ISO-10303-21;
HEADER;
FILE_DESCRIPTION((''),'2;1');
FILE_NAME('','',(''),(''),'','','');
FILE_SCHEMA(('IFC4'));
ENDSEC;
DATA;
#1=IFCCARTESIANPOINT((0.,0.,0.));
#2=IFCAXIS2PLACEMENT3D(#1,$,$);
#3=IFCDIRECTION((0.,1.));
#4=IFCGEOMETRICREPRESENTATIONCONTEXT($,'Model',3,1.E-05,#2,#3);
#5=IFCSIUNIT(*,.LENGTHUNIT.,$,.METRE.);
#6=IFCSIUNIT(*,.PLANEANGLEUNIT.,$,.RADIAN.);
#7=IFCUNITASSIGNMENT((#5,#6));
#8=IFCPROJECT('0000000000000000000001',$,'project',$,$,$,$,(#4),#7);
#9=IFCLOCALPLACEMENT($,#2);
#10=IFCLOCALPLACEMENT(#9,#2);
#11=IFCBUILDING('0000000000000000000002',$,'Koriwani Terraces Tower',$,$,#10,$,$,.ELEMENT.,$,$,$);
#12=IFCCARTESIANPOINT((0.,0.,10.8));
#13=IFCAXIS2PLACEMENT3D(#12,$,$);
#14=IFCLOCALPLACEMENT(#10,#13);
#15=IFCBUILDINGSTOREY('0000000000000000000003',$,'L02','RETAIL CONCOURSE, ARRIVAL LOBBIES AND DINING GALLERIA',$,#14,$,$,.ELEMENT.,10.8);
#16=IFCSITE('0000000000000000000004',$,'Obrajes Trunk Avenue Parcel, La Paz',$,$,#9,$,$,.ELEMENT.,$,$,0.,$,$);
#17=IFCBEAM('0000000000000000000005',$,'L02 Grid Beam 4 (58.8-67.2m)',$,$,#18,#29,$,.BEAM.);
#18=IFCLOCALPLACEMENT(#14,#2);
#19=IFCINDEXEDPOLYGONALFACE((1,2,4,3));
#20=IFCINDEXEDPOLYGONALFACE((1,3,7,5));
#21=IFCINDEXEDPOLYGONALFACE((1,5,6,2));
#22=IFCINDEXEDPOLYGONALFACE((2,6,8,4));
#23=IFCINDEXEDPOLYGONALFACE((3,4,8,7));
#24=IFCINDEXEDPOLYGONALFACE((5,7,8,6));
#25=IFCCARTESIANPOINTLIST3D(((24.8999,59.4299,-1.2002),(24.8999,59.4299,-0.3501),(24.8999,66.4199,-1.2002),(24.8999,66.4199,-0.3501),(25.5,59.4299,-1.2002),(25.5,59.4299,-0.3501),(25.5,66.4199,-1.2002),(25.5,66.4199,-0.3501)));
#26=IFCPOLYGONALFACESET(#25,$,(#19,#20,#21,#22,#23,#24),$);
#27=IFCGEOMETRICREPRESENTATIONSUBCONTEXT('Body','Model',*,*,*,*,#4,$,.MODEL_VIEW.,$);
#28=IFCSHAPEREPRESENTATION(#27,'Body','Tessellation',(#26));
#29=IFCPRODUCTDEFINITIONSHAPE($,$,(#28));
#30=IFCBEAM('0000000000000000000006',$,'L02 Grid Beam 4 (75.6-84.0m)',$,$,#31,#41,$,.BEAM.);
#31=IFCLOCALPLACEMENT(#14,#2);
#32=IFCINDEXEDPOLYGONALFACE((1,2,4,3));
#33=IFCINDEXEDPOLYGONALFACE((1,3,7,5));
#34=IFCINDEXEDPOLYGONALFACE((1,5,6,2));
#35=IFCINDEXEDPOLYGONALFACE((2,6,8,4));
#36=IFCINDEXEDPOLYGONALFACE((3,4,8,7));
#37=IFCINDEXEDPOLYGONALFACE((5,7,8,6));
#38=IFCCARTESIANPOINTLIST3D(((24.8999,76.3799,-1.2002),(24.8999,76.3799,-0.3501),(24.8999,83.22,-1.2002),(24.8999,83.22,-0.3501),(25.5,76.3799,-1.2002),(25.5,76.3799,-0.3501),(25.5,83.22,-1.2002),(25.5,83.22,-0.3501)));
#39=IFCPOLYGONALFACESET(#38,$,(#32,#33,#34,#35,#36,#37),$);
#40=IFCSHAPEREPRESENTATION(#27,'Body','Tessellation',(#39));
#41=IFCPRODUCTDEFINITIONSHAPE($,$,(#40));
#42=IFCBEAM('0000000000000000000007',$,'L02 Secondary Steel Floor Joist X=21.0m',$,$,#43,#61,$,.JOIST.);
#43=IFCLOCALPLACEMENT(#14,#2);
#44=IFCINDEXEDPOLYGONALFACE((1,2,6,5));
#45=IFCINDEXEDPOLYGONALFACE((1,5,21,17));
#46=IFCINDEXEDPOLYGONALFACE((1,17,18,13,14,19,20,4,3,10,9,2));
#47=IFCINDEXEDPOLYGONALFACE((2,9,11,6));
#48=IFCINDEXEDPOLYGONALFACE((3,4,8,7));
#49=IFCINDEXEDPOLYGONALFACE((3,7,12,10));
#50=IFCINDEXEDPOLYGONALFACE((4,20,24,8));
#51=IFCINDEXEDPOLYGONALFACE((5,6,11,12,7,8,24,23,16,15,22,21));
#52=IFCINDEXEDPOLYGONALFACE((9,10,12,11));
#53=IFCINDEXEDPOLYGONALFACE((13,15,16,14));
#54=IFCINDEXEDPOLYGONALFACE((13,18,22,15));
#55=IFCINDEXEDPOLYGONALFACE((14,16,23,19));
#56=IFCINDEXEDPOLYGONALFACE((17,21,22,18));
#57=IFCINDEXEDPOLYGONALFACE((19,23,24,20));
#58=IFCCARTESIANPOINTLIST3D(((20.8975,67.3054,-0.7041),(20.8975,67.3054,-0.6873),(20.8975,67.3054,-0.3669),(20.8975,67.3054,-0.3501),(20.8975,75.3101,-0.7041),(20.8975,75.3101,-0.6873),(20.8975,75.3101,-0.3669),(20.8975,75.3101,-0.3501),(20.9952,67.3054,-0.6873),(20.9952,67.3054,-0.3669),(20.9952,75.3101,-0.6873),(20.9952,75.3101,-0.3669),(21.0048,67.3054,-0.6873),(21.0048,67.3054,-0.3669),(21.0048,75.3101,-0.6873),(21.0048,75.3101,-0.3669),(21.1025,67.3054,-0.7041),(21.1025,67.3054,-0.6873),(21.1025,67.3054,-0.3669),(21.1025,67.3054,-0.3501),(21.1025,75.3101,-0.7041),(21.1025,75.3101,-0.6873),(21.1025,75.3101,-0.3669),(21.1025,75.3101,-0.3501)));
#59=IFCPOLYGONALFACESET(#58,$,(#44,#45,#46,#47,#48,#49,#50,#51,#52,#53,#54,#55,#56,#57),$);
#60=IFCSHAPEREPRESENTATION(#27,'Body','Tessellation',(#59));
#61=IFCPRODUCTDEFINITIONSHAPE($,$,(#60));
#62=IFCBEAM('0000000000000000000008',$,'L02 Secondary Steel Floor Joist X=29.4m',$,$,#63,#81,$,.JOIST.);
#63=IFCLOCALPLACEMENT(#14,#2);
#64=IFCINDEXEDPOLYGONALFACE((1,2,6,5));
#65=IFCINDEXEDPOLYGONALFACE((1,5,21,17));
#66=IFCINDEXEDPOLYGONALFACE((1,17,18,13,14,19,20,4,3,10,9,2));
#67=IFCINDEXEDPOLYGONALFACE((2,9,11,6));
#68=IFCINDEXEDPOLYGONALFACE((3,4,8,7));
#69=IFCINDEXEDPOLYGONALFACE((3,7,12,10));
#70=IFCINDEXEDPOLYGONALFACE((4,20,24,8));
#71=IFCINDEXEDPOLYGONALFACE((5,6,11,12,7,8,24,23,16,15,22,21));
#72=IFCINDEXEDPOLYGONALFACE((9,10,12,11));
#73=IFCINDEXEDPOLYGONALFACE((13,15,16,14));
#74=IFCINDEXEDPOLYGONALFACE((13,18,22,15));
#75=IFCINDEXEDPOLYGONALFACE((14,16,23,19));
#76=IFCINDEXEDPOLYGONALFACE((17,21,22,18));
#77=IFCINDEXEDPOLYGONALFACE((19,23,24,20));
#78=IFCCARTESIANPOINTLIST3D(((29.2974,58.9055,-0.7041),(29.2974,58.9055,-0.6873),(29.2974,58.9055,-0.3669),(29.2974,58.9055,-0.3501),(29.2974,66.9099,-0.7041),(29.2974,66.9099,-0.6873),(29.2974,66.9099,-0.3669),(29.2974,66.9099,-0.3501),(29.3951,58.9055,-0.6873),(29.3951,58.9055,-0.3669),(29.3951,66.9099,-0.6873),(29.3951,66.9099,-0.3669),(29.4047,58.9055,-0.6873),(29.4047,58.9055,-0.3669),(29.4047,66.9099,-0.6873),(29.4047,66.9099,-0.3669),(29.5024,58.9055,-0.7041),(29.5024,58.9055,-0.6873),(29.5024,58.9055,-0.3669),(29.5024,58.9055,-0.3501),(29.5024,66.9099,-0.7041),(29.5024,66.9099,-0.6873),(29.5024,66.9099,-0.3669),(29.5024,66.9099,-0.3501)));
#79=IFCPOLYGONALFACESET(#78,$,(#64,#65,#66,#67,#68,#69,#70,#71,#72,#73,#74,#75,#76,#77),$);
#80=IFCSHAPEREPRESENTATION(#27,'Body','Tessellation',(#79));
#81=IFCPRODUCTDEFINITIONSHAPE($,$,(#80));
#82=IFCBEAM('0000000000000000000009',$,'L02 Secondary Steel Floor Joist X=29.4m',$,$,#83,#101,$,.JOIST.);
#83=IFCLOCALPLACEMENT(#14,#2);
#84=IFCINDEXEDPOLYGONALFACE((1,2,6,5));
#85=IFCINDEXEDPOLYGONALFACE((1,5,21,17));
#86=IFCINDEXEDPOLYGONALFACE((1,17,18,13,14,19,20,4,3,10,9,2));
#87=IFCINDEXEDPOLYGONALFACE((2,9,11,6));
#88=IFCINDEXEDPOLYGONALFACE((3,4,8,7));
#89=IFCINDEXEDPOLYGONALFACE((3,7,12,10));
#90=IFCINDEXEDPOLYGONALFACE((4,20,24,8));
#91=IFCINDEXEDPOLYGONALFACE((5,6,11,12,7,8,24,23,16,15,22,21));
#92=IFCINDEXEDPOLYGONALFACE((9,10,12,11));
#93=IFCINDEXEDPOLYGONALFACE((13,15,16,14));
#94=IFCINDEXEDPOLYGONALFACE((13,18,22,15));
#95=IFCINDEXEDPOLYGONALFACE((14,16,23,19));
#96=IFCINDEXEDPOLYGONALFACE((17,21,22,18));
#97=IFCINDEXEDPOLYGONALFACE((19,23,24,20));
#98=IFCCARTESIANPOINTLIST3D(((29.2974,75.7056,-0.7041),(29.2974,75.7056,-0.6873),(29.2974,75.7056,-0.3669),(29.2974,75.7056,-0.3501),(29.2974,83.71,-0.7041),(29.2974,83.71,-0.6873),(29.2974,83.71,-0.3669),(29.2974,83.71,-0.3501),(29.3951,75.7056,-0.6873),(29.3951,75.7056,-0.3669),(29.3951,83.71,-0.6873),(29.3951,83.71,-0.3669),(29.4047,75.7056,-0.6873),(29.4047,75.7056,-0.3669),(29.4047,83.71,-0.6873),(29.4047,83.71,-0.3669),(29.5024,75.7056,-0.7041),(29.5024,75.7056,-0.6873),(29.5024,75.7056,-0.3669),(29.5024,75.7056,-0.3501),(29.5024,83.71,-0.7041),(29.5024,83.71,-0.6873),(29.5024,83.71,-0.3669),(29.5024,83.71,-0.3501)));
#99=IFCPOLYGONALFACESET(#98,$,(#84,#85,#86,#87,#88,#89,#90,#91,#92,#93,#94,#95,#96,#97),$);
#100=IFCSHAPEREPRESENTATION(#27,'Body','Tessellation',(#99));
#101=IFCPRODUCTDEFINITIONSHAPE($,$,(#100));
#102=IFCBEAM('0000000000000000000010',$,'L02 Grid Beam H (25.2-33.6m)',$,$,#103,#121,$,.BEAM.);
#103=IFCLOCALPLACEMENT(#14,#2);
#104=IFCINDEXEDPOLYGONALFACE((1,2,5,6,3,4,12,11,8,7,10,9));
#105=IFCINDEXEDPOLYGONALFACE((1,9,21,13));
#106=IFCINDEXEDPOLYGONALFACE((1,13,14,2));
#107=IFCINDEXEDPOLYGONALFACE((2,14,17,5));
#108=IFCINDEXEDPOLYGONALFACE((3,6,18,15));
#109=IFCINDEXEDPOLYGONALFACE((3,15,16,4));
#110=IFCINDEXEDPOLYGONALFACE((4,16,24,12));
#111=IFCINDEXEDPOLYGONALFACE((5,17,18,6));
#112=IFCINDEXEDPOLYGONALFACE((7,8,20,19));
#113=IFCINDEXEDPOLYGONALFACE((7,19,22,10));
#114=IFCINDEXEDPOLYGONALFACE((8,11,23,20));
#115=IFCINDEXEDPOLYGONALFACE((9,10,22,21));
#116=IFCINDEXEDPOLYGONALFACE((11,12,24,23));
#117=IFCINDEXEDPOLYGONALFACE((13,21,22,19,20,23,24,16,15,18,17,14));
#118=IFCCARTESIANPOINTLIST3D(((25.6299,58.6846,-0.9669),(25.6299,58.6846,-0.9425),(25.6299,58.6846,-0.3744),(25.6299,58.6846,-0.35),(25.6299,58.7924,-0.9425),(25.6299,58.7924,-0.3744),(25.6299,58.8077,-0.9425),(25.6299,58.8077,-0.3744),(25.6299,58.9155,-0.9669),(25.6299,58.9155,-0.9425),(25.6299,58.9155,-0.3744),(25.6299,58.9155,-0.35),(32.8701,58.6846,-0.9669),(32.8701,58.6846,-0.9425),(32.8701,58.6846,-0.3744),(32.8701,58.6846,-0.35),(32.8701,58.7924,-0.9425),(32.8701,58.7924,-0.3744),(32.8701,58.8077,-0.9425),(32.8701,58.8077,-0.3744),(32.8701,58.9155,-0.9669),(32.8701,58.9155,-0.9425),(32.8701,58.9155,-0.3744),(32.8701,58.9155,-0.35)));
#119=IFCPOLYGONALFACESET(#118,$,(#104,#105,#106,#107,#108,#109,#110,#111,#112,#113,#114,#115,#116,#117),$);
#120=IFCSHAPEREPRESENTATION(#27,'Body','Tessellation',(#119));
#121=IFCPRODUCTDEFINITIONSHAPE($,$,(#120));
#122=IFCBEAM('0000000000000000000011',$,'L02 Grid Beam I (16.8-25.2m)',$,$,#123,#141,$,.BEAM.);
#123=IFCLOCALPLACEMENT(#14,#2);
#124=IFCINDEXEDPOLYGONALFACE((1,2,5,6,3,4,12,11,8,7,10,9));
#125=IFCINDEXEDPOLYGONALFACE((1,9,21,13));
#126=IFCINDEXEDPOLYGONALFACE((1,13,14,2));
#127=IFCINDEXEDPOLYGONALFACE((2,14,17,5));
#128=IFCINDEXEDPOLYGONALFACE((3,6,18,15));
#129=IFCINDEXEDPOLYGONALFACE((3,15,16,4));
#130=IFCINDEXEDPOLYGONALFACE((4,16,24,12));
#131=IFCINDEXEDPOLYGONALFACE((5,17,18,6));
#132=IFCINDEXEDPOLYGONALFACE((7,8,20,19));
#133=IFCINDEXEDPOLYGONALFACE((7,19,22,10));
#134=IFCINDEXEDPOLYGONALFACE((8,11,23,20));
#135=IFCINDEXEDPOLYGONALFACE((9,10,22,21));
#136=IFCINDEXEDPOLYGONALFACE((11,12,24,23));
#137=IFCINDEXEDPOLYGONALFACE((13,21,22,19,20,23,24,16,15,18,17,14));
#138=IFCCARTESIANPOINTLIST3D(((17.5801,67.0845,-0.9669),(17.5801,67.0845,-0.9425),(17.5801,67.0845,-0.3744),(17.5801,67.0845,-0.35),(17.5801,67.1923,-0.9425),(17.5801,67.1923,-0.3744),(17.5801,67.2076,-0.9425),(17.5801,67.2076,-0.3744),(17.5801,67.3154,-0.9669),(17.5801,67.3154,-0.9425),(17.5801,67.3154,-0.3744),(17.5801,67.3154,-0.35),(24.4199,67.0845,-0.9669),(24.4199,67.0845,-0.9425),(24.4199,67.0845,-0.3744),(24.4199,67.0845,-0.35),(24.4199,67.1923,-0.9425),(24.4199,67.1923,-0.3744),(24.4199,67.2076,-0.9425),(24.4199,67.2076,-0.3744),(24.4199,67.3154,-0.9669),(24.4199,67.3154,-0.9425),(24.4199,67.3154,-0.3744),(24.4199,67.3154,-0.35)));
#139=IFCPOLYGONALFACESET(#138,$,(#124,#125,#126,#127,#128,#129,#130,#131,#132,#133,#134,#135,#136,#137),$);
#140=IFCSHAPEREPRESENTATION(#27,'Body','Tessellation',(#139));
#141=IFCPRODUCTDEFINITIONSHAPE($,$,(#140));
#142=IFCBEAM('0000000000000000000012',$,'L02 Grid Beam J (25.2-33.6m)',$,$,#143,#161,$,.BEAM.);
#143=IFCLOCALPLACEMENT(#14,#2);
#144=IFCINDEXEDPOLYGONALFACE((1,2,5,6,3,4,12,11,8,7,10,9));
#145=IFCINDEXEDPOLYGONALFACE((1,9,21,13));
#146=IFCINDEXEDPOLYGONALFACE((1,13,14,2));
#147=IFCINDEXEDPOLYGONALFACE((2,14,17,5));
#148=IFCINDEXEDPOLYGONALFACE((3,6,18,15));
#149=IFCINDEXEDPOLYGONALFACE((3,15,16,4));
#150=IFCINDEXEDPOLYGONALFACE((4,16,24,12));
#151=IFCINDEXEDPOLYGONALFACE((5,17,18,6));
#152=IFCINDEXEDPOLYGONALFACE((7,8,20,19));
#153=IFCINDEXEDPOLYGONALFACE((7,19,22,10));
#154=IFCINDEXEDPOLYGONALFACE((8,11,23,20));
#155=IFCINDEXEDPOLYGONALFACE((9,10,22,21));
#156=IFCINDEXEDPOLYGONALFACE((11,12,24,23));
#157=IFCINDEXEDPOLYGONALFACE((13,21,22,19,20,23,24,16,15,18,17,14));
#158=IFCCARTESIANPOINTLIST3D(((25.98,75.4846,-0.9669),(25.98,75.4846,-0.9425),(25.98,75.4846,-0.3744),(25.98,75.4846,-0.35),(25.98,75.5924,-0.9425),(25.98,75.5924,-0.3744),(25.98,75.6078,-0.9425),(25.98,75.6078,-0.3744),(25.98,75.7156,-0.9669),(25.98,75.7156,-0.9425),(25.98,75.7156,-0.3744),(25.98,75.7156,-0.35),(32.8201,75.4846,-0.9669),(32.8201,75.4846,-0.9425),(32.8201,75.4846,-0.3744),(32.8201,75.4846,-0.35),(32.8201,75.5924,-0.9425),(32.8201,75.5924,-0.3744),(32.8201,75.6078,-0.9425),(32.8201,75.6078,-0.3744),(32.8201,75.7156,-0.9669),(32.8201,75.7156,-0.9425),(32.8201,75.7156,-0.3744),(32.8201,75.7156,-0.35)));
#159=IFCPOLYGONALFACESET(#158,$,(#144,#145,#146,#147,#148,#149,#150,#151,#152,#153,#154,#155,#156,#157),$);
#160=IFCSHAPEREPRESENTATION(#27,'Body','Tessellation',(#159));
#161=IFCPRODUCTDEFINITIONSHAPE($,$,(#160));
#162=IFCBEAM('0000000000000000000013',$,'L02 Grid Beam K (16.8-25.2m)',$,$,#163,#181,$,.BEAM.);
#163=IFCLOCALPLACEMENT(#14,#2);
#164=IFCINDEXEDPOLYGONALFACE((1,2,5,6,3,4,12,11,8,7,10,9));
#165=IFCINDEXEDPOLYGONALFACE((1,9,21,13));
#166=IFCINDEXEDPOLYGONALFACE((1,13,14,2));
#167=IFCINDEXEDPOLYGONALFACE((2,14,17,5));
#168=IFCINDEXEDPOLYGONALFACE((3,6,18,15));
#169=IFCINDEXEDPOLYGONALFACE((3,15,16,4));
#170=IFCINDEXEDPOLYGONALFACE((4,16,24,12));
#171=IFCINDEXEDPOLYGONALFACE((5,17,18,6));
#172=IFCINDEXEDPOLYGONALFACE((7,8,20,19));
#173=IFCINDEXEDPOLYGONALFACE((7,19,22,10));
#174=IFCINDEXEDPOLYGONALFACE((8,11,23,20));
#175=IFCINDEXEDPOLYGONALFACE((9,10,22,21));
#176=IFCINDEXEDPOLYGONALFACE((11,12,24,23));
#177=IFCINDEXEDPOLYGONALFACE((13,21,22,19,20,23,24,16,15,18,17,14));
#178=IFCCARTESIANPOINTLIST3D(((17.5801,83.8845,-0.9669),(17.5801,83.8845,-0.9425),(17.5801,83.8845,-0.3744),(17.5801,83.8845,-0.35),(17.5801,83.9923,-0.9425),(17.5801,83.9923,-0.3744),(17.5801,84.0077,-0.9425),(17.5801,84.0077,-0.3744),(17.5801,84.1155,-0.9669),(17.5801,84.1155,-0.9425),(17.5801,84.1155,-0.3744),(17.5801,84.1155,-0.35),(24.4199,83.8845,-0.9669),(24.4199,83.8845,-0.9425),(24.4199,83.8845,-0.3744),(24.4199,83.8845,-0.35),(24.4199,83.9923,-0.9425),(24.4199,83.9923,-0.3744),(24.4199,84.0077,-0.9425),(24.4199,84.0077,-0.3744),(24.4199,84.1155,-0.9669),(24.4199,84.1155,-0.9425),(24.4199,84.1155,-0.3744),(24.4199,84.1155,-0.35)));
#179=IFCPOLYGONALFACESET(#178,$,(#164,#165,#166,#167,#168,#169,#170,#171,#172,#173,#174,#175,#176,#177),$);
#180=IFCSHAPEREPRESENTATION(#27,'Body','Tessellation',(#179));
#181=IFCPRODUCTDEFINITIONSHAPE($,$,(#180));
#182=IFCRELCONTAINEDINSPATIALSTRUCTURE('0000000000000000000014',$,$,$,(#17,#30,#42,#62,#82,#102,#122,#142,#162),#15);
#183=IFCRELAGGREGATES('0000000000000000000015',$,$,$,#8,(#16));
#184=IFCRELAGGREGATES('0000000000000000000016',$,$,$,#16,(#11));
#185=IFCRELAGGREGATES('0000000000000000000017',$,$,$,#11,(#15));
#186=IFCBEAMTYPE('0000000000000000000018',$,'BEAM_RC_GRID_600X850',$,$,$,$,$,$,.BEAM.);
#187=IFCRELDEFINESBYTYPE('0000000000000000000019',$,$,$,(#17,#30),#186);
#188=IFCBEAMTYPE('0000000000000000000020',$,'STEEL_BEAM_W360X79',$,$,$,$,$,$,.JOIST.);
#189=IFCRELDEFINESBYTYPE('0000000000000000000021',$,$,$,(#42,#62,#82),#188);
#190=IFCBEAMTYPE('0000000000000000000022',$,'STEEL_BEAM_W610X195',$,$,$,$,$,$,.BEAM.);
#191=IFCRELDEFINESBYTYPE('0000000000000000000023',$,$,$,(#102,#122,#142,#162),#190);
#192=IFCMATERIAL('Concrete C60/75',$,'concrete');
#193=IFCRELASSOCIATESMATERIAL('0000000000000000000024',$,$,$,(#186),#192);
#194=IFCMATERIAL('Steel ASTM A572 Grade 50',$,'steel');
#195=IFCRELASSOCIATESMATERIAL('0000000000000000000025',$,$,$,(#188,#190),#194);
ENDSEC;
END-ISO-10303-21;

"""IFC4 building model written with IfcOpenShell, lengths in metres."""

from ifc_helpers import new_model, si_unit, direction, frame, origin, origin_2d, place, context, subcontext, project, spatial, rectangle, i_section, extrude, material, material_profile, profile_set, type_object, element, save


model = new_model("IFC4")

# Units and contexts
model_context = context("Model", 3, precision=1e-05, world=origin(), true_north=direction((0.0, 1.0)))
body_context = subcontext(model_context, "Body", "Model", "MODEL_VIEW")
ifc_project = project(units=[si_unit("LENGTHUNIT", "METRE"), si_unit("PLANEANGLEUNIT", "RADIAN")], contexts=[model_context])

# Site, building, storey
site_placement = place(None, origin())
site = spatial("IfcSite", under=ifc_project, at=site_placement, Name="Obrajes Trunk Avenue Parcel, La Paz", CompositionType="ELEMENT", RefElevation=0.0)
building_placement = place(site_placement, origin())
building = spatial("IfcBuilding", under=site, at=building_placement, Name="Koriwani Terraces Tower", CompositionType="ELEMENT")
storey_placement = place(building_placement, frame((0.0, 0.0, 10.8)))
storey = spatial("IfcBuildingStorey", under=building, at=storey_placement, Name="L02", Description="RETAIL CONCOURSE, ARRIVAL LOBBIES AND DINING GALLERIA", CompositionType="ELEMENT", Elevation=10.8)

# Shared definitions
ifc_material_1 = material(Name="Concrete C60/75", Category="concrete")

# Beams
ifc_material_profile_1 = material_profile(ifc_material_1, rectangle(XDim=0.6001, YDim=0.8501, at=origin_2d()), Name="Concrete C60/75", Category="LoadBearing")
ifc_profile_set_1 = profile_set([ifc_material_profile_1], Name="Concrete C60/75")
beam_type_1 = type_object("IfcBeamType", Name="BEAM_RC_GRID_600X850", PredefinedType="BEAM", material=ifc_profile_set_1)
beam_1_placement = place(storey_placement, frame((25.2, 59.4299, -0.7751), z_axis=(0.0, 1.0, 0.0), x_axis=(-1.0, 0.0, 0.0)))
element("IfcBeam", 1, at=beam_1_placement, inside=storey, type_object=beam_type_1, Name="L02 Grid Beam 4 (58.8-67.2m)", PredefinedType="BEAM", context=body_context, shape_type="SweptSolid", body=[
    extrude(rectangle(XDim=0.6001, YDim=0.8501, at=origin_2d()), origin(), (0.0, 0.0, 1.0), 6.99),
])
beam_2_placement = place(storey_placement, frame((25.2, 76.3799, -0.7751), z_axis=(0.0, 1.0, 0.0), x_axis=(-1.0, 0.0, 0.0)))
element("IfcBeam", 2, at=beam_2_placement, inside=storey, type_object=beam_type_1, Name="L02 Grid Beam 4 (75.6-84.0m)", PredefinedType="BEAM", context=body_context, shape_type="SweptSolid", body=[
    extrude(rectangle(XDim=0.6001, YDim=0.8501, at=origin_2d()), origin(), (0.0, 0.0, 1.0), 6.8401),
])
ifc_material_2 = material(Name="Steel ASTM A572 Grade 50", Category="steel")
ifc_material_profile_2 = material_profile(ifc_material_2, i_section(OverallWidth=0.2051, OverallDepth=0.354, WebThickness=0.0095, FlangeThickness=0.0168, at=origin_2d()), Name="Steel ASTM A572 Grade 50", Category="LoadBearing")
ifc_profile_set_2 = profile_set([ifc_material_profile_2], Name="Steel ASTM A572 Grade 50")
beam_type_2 = type_object("IfcBeamType", Name="STEEL_BEAM_W360X79", PredefinedType="JOIST", material=ifc_profile_set_2)
beam_3_placement = place(storey_placement, frame((21.0, 67.3054, -0.5271), z_axis=(0.0, 1.0, 0.0), x_axis=(-1.0, 0.0, 0.0)))
element("IfcBeam", 3, at=beam_3_placement, inside=storey, type_object=beam_type_2, Name="L02 Secondary Steel Floor Joist X=21.0m", PredefinedType="JOIST", context=body_context, shape_type="SweptSolid", body=[
    extrude(i_section(OverallWidth=0.2051, OverallDepth=0.354, WebThickness=0.0095, FlangeThickness=0.0168, at=origin_2d()), origin(), (0.0, 0.0, 1.0), 8.0046),
])
for number, where, z_axis, x_axis, name in (
    (4, (29.3999, 58.9055, -0.5271), (0.0, 1.0, 0.0), (-1.0, 0.0, 0.0), "L02 Secondary Steel Floor Joist X=29.4m"),
    (5, (29.3999, 75.7056, -0.5271), (0.0, 1.0, 0.0), (-1.0, 0.0, 0.0), "L02 Secondary Steel Floor Joist X=29.4m"),
):
    element("IfcBeam", number, at=place(storey_placement, frame(where, z_axis=z_axis, x_axis=x_axis)), inside=storey, type_object=beam_type_2, Name=name, PredefinedType="JOIST", context=body_context, shape_type="SweptSolid", body=[
        extrude(i_section(OverallWidth=0.2051, OverallDepth=0.354, WebThickness=0.0095, FlangeThickness=0.0168, at=origin_2d()), origin(), (0.0, 0.0, 1.0), 8.0044),
    ])
ifc_material_profile_3 = material_profile(ifc_material_2, i_section(OverallWidth=0.231, OverallDepth=0.6169, WebThickness=0.0154, FlangeThickness=0.0244, at=origin_2d()), Name="Steel ASTM A572 Grade 50", Category="LoadBearing")
ifc_profile_set_3 = profile_set([ifc_material_profile_3], Name="Steel ASTM A572 Grade 50")
beam_type_3 = type_object("IfcBeamType", Name="STEEL_BEAM_W610X195", PredefinedType="BEAM", material=ifc_profile_set_3)
beam_4_placement = place(storey_placement, frame((25.6299, 58.8, -0.6584), z_axis=(1.0, 0.0, 0.0), x_axis=(0.0, 1.0, 0.0)))
element("IfcBeam", 6, at=beam_4_placement, inside=storey, type_object=beam_type_3, Name="L02 Grid Beam H (25.2-33.6m)", PredefinedType="BEAM", context=body_context, shape_type="SweptSolid", body=[
    extrude(i_section(OverallWidth=0.231, OverallDepth=0.6169, WebThickness=0.0154, FlangeThickness=0.0244, at=origin_2d()), origin(), (0.0, 0.0, 1.0), 7.2402),
])
beam_5_placement = place(storey_placement, frame((17.5801, 67.2, -0.6584), z_axis=(1.0, 0.0, 0.0), x_axis=(0.0, 1.0, 0.0)))
element("IfcBeam", 7, at=beam_5_placement, inside=storey, type_object=beam_type_3, Name="L02 Grid Beam I (16.8-25.2m)", PredefinedType="BEAM", context=body_context, shape_type="SweptSolid", body=[
    extrude(i_section(OverallWidth=0.231, OverallDepth=0.6169, WebThickness=0.0154, FlangeThickness=0.0244, at=origin_2d()), origin(), (0.0, 0.0, 1.0), 6.8398),
])
beam_6_placement = place(storey_placement, frame((25.98, 75.6001, -0.6584), z_axis=(1.0, 0.0, 0.0), x_axis=(0.0, 1.0, 0.0)))
element("IfcBeam", 8, at=beam_6_placement, inside=storey, type_object=beam_type_3, Name="L02 Grid Beam J (25.2-33.6m)", PredefinedType="BEAM", context=body_context, shape_type="SweptSolid", body=[
    extrude(i_section(OverallWidth=0.231, OverallDepth=0.6169, WebThickness=0.0154, FlangeThickness=0.0244, at=origin_2d()), origin(), (0.0, 0.0, 1.0), 6.8401),
])
beam_7_placement = place(storey_placement, frame((17.5801, 84.0, -0.6584), z_axis=(1.0, 0.0, 0.0), x_axis=(0.0, 1.0, 0.0)))
element("IfcBeam", 9, at=beam_7_placement, inside=storey, type_object=beam_type_3, Name="L02 Grid Beam K (16.8-25.2m)", PredefinedType="BEAM", context=body_context, shape_type="SweptSolid", body=[
    extrude(i_section(OverallWidth=0.231, OverallDepth=0.6169, WebThickness=0.0154, FlangeThickness=0.0244, at=origin_2d()), origin(), (0.0, 0.0, 1.0), 6.8398),
])

save(model, "model.ifc")
